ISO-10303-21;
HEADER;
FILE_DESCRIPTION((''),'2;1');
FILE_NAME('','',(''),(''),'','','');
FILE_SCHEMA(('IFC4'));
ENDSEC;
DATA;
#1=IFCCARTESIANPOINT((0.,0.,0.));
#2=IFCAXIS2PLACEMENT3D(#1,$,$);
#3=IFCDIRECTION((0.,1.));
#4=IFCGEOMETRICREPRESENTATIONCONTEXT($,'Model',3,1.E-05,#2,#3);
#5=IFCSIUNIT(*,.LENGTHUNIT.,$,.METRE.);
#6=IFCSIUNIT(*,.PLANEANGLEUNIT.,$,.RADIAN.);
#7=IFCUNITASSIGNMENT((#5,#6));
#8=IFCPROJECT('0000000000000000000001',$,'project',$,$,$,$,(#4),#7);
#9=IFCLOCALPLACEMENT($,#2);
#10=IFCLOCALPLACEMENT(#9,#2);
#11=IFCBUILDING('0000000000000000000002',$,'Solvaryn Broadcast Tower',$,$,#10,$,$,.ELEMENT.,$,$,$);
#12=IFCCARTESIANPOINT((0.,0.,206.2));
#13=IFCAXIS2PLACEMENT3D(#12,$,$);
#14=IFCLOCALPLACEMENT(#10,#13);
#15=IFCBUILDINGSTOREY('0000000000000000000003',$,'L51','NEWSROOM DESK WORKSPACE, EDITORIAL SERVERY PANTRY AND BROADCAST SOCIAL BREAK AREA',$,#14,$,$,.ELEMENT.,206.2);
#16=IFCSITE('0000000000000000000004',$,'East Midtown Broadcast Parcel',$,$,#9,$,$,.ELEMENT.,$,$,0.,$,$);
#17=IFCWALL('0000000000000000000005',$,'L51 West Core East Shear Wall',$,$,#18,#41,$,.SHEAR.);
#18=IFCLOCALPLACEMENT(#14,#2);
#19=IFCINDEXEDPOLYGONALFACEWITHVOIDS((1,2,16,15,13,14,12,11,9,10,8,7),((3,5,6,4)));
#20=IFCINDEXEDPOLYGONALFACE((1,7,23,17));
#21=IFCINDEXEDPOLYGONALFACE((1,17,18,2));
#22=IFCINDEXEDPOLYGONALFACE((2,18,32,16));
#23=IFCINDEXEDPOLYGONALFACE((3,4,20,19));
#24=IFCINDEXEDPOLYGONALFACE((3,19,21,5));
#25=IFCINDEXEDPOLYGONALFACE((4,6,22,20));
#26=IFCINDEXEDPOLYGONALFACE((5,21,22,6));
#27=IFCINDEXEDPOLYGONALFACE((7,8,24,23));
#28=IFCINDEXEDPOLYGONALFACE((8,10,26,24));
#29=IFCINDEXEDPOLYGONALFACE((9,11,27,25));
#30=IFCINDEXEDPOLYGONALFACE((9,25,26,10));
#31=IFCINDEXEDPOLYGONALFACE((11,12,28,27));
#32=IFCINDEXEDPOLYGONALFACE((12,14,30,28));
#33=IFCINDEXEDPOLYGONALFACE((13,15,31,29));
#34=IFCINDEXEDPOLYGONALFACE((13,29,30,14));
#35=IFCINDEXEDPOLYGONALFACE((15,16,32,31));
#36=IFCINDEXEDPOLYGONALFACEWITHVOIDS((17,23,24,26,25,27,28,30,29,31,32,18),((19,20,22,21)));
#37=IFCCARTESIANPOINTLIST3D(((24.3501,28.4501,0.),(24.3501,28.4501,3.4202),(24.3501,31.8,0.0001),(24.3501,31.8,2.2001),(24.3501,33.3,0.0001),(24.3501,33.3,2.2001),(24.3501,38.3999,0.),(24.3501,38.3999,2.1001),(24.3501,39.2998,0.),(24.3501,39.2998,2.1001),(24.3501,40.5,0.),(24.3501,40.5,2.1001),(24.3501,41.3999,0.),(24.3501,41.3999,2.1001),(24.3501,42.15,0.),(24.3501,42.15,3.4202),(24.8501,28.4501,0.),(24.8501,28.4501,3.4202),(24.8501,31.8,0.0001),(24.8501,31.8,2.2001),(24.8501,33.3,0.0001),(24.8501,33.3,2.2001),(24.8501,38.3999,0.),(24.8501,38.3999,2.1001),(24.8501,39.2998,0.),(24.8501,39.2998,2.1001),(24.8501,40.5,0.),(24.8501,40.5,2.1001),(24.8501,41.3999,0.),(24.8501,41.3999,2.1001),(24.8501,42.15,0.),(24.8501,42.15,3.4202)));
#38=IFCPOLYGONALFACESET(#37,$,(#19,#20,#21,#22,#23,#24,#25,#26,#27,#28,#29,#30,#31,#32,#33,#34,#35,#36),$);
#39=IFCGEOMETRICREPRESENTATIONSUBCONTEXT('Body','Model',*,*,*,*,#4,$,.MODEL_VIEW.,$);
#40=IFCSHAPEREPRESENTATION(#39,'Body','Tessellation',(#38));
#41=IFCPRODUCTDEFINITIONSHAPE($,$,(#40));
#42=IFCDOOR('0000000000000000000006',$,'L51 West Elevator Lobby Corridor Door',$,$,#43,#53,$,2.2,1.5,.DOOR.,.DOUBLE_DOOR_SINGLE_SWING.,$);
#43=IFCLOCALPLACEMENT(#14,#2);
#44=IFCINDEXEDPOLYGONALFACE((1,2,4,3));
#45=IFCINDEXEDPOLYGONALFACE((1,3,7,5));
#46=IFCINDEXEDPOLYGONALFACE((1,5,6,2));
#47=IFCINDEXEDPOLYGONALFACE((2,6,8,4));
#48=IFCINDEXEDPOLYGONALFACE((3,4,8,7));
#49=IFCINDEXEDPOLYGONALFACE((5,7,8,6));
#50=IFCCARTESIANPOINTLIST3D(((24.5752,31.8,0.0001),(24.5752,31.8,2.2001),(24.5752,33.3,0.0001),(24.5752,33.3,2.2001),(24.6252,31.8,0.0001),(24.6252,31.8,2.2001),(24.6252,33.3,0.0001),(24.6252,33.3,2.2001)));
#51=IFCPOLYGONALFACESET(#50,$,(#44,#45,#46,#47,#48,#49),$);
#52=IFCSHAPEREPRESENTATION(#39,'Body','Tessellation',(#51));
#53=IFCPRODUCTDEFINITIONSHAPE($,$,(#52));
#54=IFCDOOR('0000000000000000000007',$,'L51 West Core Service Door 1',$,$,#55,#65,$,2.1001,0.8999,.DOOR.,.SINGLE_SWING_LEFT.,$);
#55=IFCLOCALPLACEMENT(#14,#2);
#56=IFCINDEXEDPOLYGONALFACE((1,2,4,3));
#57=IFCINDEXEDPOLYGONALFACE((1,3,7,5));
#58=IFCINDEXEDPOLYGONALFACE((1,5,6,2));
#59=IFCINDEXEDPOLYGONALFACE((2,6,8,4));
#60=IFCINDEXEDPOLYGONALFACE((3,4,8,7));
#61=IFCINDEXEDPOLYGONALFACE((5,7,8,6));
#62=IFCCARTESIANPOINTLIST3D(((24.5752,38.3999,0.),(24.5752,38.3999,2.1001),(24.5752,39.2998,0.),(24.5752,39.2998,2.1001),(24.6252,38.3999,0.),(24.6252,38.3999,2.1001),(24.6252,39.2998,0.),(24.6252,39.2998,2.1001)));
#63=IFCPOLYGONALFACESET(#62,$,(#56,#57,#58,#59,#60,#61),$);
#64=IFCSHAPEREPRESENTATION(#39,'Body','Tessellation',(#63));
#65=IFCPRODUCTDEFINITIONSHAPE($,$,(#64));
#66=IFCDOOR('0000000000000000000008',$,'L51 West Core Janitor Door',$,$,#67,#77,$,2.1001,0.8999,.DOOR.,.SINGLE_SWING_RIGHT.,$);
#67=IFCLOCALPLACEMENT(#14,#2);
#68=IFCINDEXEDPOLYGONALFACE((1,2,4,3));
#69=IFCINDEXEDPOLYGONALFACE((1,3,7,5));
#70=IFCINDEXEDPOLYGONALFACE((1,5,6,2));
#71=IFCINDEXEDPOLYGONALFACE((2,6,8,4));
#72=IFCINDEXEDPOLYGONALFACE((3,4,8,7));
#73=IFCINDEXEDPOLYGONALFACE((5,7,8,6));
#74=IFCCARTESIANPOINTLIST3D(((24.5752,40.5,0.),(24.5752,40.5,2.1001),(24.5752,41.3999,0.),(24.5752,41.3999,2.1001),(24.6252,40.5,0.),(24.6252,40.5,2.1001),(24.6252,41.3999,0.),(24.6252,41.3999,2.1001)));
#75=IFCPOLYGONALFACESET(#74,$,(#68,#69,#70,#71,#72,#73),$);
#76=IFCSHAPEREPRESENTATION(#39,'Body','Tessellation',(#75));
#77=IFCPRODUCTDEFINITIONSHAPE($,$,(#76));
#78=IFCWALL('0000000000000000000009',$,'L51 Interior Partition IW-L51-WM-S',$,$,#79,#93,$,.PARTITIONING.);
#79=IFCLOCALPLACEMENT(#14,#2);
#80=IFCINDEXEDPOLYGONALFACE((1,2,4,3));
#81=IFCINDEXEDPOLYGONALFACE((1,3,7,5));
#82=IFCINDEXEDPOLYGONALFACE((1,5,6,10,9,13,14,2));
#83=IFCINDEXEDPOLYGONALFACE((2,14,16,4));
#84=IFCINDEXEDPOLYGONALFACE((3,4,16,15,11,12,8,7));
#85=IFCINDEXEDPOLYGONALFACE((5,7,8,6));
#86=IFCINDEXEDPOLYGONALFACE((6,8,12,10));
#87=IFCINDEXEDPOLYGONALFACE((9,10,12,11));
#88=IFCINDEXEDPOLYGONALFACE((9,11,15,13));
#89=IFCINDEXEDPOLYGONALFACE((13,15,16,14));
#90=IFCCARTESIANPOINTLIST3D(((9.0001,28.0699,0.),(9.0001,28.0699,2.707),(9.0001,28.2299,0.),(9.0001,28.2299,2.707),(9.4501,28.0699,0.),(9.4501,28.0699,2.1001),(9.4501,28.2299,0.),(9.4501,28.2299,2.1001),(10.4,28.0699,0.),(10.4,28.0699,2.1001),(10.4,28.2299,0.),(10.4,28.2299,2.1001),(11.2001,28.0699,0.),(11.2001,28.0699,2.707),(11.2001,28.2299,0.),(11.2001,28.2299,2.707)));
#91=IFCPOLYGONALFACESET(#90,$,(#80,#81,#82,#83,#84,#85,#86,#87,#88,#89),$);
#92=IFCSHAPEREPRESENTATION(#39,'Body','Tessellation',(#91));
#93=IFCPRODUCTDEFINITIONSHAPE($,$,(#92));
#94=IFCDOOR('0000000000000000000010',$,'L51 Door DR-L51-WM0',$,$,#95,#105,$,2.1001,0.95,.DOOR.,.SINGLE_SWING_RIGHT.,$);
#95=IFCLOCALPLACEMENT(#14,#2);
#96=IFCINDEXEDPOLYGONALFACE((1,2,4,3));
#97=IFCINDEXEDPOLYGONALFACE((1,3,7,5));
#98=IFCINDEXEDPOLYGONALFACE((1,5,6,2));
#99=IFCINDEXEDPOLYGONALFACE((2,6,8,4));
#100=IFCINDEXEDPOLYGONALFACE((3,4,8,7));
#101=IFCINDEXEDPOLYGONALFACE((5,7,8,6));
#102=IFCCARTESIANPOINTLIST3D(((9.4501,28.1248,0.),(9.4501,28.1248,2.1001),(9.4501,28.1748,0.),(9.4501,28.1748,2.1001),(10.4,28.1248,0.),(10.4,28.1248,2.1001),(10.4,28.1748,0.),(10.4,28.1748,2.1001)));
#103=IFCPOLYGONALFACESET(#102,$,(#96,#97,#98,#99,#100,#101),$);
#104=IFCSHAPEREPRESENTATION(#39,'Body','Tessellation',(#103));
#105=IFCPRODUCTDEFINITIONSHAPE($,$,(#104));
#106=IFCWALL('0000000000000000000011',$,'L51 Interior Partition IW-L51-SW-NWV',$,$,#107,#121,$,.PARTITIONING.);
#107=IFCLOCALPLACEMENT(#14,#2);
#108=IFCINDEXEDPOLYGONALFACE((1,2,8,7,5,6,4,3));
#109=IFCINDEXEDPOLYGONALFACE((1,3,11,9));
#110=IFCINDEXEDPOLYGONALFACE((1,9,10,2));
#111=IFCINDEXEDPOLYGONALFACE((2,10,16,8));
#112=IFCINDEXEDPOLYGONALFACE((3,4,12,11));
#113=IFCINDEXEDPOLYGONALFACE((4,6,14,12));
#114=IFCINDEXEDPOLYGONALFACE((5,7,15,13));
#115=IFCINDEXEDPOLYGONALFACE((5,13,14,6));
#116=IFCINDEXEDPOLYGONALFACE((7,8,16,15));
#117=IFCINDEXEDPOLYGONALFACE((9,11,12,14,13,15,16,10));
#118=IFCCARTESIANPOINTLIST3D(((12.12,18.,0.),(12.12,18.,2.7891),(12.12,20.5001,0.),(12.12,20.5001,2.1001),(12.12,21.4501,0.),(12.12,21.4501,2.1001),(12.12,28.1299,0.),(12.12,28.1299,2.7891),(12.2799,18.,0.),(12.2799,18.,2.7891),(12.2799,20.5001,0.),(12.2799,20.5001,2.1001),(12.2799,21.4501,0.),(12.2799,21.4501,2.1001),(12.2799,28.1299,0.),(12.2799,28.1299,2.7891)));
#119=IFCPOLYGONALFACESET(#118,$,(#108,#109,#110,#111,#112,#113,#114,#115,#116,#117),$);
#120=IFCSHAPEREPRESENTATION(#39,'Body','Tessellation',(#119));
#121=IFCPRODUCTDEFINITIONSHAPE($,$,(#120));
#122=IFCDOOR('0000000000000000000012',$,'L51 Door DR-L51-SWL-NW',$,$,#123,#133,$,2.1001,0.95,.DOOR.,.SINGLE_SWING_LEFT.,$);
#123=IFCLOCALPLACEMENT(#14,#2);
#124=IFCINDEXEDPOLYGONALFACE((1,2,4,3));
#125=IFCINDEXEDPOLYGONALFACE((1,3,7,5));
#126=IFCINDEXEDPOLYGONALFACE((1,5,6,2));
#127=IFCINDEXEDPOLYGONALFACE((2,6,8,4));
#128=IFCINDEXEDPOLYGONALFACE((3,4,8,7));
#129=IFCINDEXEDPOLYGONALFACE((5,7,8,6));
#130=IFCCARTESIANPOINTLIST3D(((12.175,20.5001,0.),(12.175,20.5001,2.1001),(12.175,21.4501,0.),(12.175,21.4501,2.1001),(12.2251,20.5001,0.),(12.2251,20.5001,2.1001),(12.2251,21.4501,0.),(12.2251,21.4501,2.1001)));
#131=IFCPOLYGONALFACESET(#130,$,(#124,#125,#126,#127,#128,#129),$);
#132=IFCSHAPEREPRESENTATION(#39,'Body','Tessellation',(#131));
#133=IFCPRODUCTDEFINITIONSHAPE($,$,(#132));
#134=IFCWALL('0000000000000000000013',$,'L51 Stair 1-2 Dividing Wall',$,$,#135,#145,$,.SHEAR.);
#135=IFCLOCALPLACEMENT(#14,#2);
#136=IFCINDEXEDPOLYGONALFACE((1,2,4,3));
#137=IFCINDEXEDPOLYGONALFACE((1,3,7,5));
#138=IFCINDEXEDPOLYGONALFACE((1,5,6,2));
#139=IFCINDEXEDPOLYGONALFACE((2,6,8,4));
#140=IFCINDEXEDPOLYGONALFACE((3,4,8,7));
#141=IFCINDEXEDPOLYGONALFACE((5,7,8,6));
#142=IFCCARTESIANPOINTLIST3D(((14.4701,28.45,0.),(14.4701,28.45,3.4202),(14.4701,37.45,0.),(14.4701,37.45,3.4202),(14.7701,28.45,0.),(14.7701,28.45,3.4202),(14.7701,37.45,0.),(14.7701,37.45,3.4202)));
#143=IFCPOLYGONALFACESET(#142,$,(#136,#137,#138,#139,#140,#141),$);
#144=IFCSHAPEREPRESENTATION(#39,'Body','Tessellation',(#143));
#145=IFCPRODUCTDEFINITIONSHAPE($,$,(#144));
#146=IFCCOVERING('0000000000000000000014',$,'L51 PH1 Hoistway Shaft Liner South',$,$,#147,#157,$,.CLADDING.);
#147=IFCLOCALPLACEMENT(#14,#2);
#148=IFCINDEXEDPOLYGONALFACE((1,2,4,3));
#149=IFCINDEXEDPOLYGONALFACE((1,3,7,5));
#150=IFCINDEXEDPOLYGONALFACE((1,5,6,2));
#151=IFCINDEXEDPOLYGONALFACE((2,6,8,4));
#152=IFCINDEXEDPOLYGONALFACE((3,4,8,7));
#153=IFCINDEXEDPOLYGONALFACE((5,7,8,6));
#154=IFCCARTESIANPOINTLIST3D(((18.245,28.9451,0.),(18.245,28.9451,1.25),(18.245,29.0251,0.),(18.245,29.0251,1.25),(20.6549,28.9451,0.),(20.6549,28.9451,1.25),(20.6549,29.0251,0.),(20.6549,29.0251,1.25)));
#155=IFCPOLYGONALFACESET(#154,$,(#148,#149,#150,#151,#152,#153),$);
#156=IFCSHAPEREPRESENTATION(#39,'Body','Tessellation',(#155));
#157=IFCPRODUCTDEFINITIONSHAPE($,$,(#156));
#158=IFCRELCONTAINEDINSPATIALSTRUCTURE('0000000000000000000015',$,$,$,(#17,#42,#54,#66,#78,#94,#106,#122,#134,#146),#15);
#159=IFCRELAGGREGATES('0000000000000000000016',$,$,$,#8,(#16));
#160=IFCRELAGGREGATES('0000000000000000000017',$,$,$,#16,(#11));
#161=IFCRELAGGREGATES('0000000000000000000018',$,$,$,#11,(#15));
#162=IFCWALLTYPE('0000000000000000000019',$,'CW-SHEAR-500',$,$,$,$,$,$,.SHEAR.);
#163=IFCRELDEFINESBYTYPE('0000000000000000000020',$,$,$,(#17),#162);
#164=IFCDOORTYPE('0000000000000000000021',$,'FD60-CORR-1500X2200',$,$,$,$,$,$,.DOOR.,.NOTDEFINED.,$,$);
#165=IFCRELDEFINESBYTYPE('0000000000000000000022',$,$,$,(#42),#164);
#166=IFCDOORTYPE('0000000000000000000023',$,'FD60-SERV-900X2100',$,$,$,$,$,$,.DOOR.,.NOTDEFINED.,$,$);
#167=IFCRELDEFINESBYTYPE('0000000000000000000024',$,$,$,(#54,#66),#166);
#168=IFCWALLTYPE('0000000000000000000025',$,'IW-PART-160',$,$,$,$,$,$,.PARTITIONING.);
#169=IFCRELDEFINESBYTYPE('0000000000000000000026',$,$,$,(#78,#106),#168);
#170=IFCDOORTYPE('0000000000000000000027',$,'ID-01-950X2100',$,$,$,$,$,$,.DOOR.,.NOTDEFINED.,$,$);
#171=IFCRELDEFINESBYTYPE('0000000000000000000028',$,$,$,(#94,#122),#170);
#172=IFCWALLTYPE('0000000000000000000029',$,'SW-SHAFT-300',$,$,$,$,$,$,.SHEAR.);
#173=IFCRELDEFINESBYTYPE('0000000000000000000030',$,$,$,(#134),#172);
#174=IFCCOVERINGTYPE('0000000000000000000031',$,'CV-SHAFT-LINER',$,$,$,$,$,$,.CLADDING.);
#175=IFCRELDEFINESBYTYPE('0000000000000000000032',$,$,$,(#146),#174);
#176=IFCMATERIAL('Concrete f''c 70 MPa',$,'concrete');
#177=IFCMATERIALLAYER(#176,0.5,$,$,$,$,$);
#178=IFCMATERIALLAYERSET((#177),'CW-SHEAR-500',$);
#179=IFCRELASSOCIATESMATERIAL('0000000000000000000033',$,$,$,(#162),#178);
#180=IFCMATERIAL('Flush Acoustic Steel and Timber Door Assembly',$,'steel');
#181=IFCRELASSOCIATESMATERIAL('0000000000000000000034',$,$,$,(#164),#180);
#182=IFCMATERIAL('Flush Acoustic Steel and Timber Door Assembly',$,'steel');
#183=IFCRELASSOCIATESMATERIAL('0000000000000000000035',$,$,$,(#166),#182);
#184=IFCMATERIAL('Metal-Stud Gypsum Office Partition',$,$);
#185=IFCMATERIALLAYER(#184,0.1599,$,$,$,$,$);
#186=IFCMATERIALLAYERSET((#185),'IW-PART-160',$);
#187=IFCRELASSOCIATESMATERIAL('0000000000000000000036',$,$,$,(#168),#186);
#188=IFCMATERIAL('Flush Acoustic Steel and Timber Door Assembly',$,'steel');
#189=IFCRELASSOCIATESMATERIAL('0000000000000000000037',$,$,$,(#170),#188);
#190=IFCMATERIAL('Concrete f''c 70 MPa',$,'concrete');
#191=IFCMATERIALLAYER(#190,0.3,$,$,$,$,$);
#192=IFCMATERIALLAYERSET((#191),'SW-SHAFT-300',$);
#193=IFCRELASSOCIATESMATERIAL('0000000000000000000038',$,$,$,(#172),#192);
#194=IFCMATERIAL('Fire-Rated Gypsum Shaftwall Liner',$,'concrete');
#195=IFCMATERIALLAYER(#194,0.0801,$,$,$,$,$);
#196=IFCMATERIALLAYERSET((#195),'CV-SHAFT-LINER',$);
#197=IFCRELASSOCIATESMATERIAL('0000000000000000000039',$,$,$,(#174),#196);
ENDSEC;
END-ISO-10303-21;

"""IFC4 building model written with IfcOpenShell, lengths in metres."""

from ifc_helpers import new_model, si_unit, direction, frame, frame_2d, origin, origin_2d, place, context, subcontext, project, spatial, rectangle, extrude, material, layer, layer_set, type_object, element, fill, save


model = new_model("IFC4")

# Units and contexts
model_context = context("Model", 3, precision=1e-05, world=origin(), true_north=direction((0.0, 1.0)))
body_context = subcontext(model_context, "Body", "Model", "MODEL_VIEW")
ifc_project = project(units=[si_unit("LENGTHUNIT", "METRE"), si_unit("PLANEANGLEUNIT", "RADIAN")], contexts=[model_context])

# Site, building, storey
site_placement = place(None, origin())
site = spatial("IfcSite", under=ifc_project, at=site_placement, Name="East Midtown Broadcast Parcel", CompositionType="ELEMENT", RefElevation=0.0)
building_placement = place(site_placement, origin())
building = spatial("IfcBuilding", under=site, at=building_placement, Name="Solvaryn Broadcast Tower", CompositionType="ELEMENT")
storey_placement = place(building_placement, frame((0.0, 0.0, 206.2)))
storey = spatial("IfcBuildingStorey", under=building, at=storey_placement, Name="L51", Description="NEWSROOM DESK WORKSPACE, EDITORIAL SERVERY PANTRY AND BROADCAST SOCIAL BREAK AREA", CompositionType="ELEMENT", Elevation=206.2)

# Shared definitions
ifc_material_1 = material(Name="Concrete f'c 70 MPa", Category="concrete")
ifc_layer_1 = layer(ifc_material_1, 0.5)
ifc_layer_set_1 = layer_set([ifc_layer_1], Name="CW-SHEAR-500")
wall_type_1 = type_object("IfcWallType", Name="CW-SHEAR-500", PredefinedType="SHEAR", material=ifc_layer_set_1)

# Wall, openings, doors
wall_1_placement = place(storey_placement, frame((24.6001, 28.45, 0.0), z_axis=(0.0, 0.0, 1.0), x_axis=(0.0, 1.0, 0.0)))
wall_1 = element("IfcWall", 1, at=wall_1_placement, inside=storey, type_object=wall_type_1, Name="L51 West Core East Shear Wall", PredefinedType="SHEAR", context=body_context, shape_type="SweptSolid", body=[
    extrude(rectangle(XDim=13.7, YDim=0.5, at=frame_2d((6.8501, 0.0))), origin(), (0.0, 0.0, 1.0), 3.4202),
])
opening_1_placement = place(wall_1_placement, frame((3.3501, 0.0, 0.0)))
opening_1 = element("IfcOpeningElement", 2, at=opening_1_placement, cuts=wall_1, PredefinedType="OPENING", context=body_context, shape_type="SweptSolid", body=[
    extrude(rectangle(XDim=1.5, YDim=2.2, at=frame_2d((0.75, 1.1001))), frame((0.0, 0.26, 0.0), z_axis=(0.0, -1.0, 0.0), x_axis=(1.0, 0.0, 0.0)), (0.0, 0.0, 1.0), 0.52),
])
opening_2_placement = place(wall_1_placement, frame((9.95, 0.0, 0.0)))
opening_2 = element("IfcOpeningElement", 3, at=opening_2_placement, cuts=wall_1, PredefinedType="OPENING", context=body_context, shape_type="SweptSolid", body=[
    extrude(rectangle(XDim=0.8999, YDim=2.1001, at=frame_2d((0.45, 1.05))), frame((0.0, 0.26, 0.0), z_axis=(0.0, -1.0, 0.0), x_axis=(1.0, 0.0, 0.0)), (0.0, 0.0, 1.0), 0.52),
])
opening_3_placement = place(wall_1_placement, frame((12.05, 0.0, 0.0)))
opening_3 = element("IfcOpeningElement", 4, at=opening_3_placement, cuts=wall_1, PredefinedType="OPENING", context=body_context, shape_type="SweptSolid", body=[
    extrude(rectangle(XDim=0.8999, YDim=2.1001, at=frame_2d((0.45, 1.05))), frame((0.0, 0.26, 0.0), z_axis=(0.0, -1.0, 0.0), x_axis=(1.0, 0.0, 0.0)), (0.0, 0.0, 1.0), 0.52),
])
ifc_material_2 = material(Name="Flush Acoustic Steel and Timber Door Assembly", Category="steel")
door_type_1 = type_object("IfcDoorType", Name="FD60-CORR-1500X2200", OperationType="NOTDEFINED", PredefinedType="DOOR", material=ifc_material_2)
door_1_placement = place(opening_1_placement, origin())
door_1 = element("IfcDoor", 5, at=door_1_placement, inside=storey, type_object=door_type_1, Name="L51 West Elevator Lobby Corridor Door", OperationType="DOUBLE_DOOR_SINGLE_SWING", OverallHeight=2.2, OverallWidth=1.5, PredefinedType="DOOR", context=body_context, shape_type="SweptSolid", body=[
    extrude(rectangle(XDim=1.5, YDim=2.2, at=frame_2d((0.75, 1.1001))), frame((0.0, 0.0249, 0.0), z_axis=(0.0, -1.0, 0.0), x_axis=(1.0, 0.0, 0.0)), (0.0, 0.0, 1.0), 0.05),
])
fill(opening_1, door_1)
ifc_material_3 = material(Name="Flush Acoustic Steel and Timber Door Assembly", Category="steel")
door_type_2 = type_object("IfcDoorType", Name="FD60-SERV-900X2100", OperationType="NOTDEFINED", PredefinedType="DOOR", material=ifc_material_3)
door_2_placement = place(opening_2_placement, origin())
door_2 = element("IfcDoor", 6, at=door_2_placement, inside=storey, type_object=door_type_2, Name="L51 West Core Service Door 1", OperationType="SINGLE_SWING_LEFT", OverallHeight=2.1001, OverallWidth=0.8999, PredefinedType="DOOR", context=body_context, shape_type="SweptSolid", body=[
    extrude(rectangle(XDim=0.8999, YDim=2.1001, at=frame_2d((0.45, 1.05))), frame((0.0, 0.0249, 0.0), z_axis=(0.0, -1.0, 0.0), x_axis=(1.0, 0.0, 0.0)), (0.0, 0.0, 1.0), 0.05),
])
fill(opening_2, door_2)
door_3_placement = place(opening_3_placement, origin())
door_3 = element("IfcDoor", 7, at=door_3_placement, inside=storey, type_object=door_type_2, Name="L51 West Core Janitor Door", OperationType="SINGLE_SWING_RIGHT", OverallHeight=2.1001, OverallWidth=0.8999, PredefinedType="DOOR", context=body_context, shape_type="SweptSolid", body=[
    extrude(rectangle(XDim=0.8999, YDim=2.1001, at=frame_2d((0.45, 1.05))), frame((0.0, 0.0249, 0.0), z_axis=(0.0, -1.0, 0.0), x_axis=(1.0, 0.0, 0.0)), (0.0, 0.0, 1.0), 0.05),
])
fill(opening_3, door_3)

# Walls, openings, doors
ifc_material_4 = material(Name="Metal-Stud Gypsum Office Partition")
ifc_layer_2 = layer(ifc_material_4, 0.1599)
ifc_layer_set_2 = layer_set([ifc_layer_2], Name="IW-PART-160")
wall_type_2 = type_object("IfcWallType", Name="IW-PART-160", PredefinedType="PARTITIONING", material=ifc_layer_set_2)
wall_2_placement = place(storey_placement, frame((9.0, 28.1499, 0.0), z_axis=(0.0, 0.0, 1.0), x_axis=(1.0, 0.0, 0.0)))
wall_2 = element("IfcWall", 8, at=wall_2_placement, inside=storey, type_object=wall_type_2, Name="L51 Interior Partition IW-L51-WM-S", PredefinedType="PARTITIONING", context=body_context, shape_type="SweptSolid", body=[
    extrude(rectangle(XDim=2.2, YDim=0.1599, at=frame_2d((1.1001, 0.0))), origin(), (0.0, 0.0, 1.0), 2.707),
])
opening_4_placement = place(wall_2_placement, frame((0.45, 0.0, 0.0)))
opening_4 = element("IfcOpeningElement", 9, at=opening_4_placement, cuts=wall_2, PredefinedType="OPENING", context=body_context, shape_type="SweptSolid", body=[
    extrude(rectangle(XDim=0.95, YDim=2.1001, at=frame_2d((0.4751, 1.05))), frame((0.0, 0.0901, 0.0), z_axis=(0.0, -1.0, 0.0), x_axis=(1.0, 0.0, 0.0)), (0.0, 0.0, 1.0), 0.1799),
])
ifc_material_5 = material(Name="Flush Acoustic Steel and Timber Door Assembly", Category="steel")
door_type_3 = type_object("IfcDoorType", Name="ID-01-950X2100", OperationType="NOTDEFINED", PredefinedType="DOOR", material=ifc_material_5)
door_4_placement = place(opening_4_placement, origin())
door_4 = element("IfcDoor", 10, at=door_4_placement, inside=storey, type_object=door_type_3, Name="L51 Door DR-L51-WM0", OperationType="SINGLE_SWING_RIGHT", OverallHeight=2.1001, OverallWidth=0.95, PredefinedType="DOOR", context=body_context, shape_type="SweptSolid", body=[
    extrude(rectangle(XDim=0.95, YDim=2.1001, at=frame_2d((0.4751, 1.05))), frame((0.0, 0.0249, 0.0), z_axis=(0.0, -1.0, 0.0), x_axis=(1.0, 0.0, 0.0)), (0.0, 0.0, 1.0), 0.05),
])
fill(opening_4, door_4)
wall_3_placement = place(storey_placement, frame((12.2, 18.0, 0.0), z_axis=(0.0, 0.0, 1.0), x_axis=(0.0, 1.0, 0.0)))
wall_3 = element("IfcWall", 11, at=wall_3_placement, inside=storey, type_object=wall_type_2, Name="L51 Interior Partition IW-L51-SW-NWV", PredefinedType="PARTITIONING", context=body_context, shape_type="SweptSolid", body=[
    extrude(rectangle(XDim=10.1299, YDim=0.1599, at=frame_2d((5.0649, 0.0))), origin(), (0.0, 0.0, 1.0), 2.7891),
])
opening_5_placement = place(wall_3_placement, frame((2.5, 0.0, 0.0)))
opening_5 = element("IfcOpeningElement", 12, at=opening_5_placement, cuts=wall_3, PredefinedType="OPENING", context=body_context, shape_type="SweptSolid", body=[
    extrude(rectangle(XDim=0.95, YDim=2.1001, at=frame_2d((0.4751, 1.05))), frame((0.0, 0.0901, 0.0), z_axis=(0.0, -1.0, 0.0), x_axis=(1.0, 0.0, 0.0)), (0.0, 0.0, 1.0), 0.1799),
])
door_5_placement = place(opening_5_placement, origin())
door_5 = element("IfcDoor", 13, at=door_5_placement, inside=storey, type_object=door_type_3, Name="L51 Door DR-L51-SWL-NW", OperationType="SINGLE_SWING_LEFT", OverallHeight=2.1001, OverallWidth=0.95, PredefinedType="DOOR", context=body_context, shape_type="SweptSolid", body=[
    extrude(rectangle(XDim=0.95, YDim=2.1001, at=frame_2d((0.4751, 1.05))), frame((0.0, 0.0249, 0.0), z_axis=(0.0, -1.0, 0.0), x_axis=(1.0, 0.0, 0.0)), (0.0, 0.0, 1.0), 0.05),
])
fill(opening_5, door_5)

# Wall
ifc_material_6 = material(Name="Concrete f'c 70 MPa", Category="concrete")
ifc_layer_3 = layer(ifc_material_6, 0.3)
ifc_layer_set_3 = layer_set([ifc_layer_3], Name="SW-SHAFT-300")
wall_type_3 = type_object("IfcWallType", Name="SW-SHAFT-300", PredefinedType="SHEAR", material=ifc_layer_set_3)
wall_4_placement = place(storey_placement, frame((14.6201, 28.45, 0.0), z_axis=(0.0, 0.0, 1.0), x_axis=(0.0, 1.0, 0.0)))
element("IfcWall", 14, at=wall_4_placement, inside=storey, type_object=wall_type_3, Name="L51 Stair 1-2 Dividing Wall", PredefinedType="SHEAR", context=body_context, shape_type="SweptSolid", body=[
    extrude(rectangle(XDim=9.0, YDim=0.3, at=frame_2d((4.5, 0.0))), origin(), (0.0, 0.0, 1.0), 3.4202),
])

# Covering
ifc_material_7 = material(Name="Fire-Rated Gypsum Shaftwall Liner", Category="concrete")
ifc_layer_4 = layer(ifc_material_7, 0.0801)
ifc_layer_set_4 = layer_set([ifc_layer_4], Name="CV-SHAFT-LINER")
covering_type = type_object("IfcCoveringType", Name="CV-SHAFT-LINER", PredefinedType="CLADDING", material=ifc_layer_set_4)
covering_1_placement = place(storey_placement, frame((19.45, 28.9851, 0.0), z_axis=(0.0, 0.0, 1.0), x_axis=(1.0, 0.0, 0.0)))
element("IfcCovering", 15, at=covering_1_placement, inside=storey, type_object=covering_type, Name="L51 PH1 Hoistway Shaft Liner South", PredefinedType="CLADDING", context=body_context, shape_type="SweptSolid", body=[
    extrude(rectangle(XDim=2.4099, YDim=0.0801, at=origin_2d()), origin(), (0.0, 0.0, 1.0), 1.25),
])

save(model, "model.ifc")
